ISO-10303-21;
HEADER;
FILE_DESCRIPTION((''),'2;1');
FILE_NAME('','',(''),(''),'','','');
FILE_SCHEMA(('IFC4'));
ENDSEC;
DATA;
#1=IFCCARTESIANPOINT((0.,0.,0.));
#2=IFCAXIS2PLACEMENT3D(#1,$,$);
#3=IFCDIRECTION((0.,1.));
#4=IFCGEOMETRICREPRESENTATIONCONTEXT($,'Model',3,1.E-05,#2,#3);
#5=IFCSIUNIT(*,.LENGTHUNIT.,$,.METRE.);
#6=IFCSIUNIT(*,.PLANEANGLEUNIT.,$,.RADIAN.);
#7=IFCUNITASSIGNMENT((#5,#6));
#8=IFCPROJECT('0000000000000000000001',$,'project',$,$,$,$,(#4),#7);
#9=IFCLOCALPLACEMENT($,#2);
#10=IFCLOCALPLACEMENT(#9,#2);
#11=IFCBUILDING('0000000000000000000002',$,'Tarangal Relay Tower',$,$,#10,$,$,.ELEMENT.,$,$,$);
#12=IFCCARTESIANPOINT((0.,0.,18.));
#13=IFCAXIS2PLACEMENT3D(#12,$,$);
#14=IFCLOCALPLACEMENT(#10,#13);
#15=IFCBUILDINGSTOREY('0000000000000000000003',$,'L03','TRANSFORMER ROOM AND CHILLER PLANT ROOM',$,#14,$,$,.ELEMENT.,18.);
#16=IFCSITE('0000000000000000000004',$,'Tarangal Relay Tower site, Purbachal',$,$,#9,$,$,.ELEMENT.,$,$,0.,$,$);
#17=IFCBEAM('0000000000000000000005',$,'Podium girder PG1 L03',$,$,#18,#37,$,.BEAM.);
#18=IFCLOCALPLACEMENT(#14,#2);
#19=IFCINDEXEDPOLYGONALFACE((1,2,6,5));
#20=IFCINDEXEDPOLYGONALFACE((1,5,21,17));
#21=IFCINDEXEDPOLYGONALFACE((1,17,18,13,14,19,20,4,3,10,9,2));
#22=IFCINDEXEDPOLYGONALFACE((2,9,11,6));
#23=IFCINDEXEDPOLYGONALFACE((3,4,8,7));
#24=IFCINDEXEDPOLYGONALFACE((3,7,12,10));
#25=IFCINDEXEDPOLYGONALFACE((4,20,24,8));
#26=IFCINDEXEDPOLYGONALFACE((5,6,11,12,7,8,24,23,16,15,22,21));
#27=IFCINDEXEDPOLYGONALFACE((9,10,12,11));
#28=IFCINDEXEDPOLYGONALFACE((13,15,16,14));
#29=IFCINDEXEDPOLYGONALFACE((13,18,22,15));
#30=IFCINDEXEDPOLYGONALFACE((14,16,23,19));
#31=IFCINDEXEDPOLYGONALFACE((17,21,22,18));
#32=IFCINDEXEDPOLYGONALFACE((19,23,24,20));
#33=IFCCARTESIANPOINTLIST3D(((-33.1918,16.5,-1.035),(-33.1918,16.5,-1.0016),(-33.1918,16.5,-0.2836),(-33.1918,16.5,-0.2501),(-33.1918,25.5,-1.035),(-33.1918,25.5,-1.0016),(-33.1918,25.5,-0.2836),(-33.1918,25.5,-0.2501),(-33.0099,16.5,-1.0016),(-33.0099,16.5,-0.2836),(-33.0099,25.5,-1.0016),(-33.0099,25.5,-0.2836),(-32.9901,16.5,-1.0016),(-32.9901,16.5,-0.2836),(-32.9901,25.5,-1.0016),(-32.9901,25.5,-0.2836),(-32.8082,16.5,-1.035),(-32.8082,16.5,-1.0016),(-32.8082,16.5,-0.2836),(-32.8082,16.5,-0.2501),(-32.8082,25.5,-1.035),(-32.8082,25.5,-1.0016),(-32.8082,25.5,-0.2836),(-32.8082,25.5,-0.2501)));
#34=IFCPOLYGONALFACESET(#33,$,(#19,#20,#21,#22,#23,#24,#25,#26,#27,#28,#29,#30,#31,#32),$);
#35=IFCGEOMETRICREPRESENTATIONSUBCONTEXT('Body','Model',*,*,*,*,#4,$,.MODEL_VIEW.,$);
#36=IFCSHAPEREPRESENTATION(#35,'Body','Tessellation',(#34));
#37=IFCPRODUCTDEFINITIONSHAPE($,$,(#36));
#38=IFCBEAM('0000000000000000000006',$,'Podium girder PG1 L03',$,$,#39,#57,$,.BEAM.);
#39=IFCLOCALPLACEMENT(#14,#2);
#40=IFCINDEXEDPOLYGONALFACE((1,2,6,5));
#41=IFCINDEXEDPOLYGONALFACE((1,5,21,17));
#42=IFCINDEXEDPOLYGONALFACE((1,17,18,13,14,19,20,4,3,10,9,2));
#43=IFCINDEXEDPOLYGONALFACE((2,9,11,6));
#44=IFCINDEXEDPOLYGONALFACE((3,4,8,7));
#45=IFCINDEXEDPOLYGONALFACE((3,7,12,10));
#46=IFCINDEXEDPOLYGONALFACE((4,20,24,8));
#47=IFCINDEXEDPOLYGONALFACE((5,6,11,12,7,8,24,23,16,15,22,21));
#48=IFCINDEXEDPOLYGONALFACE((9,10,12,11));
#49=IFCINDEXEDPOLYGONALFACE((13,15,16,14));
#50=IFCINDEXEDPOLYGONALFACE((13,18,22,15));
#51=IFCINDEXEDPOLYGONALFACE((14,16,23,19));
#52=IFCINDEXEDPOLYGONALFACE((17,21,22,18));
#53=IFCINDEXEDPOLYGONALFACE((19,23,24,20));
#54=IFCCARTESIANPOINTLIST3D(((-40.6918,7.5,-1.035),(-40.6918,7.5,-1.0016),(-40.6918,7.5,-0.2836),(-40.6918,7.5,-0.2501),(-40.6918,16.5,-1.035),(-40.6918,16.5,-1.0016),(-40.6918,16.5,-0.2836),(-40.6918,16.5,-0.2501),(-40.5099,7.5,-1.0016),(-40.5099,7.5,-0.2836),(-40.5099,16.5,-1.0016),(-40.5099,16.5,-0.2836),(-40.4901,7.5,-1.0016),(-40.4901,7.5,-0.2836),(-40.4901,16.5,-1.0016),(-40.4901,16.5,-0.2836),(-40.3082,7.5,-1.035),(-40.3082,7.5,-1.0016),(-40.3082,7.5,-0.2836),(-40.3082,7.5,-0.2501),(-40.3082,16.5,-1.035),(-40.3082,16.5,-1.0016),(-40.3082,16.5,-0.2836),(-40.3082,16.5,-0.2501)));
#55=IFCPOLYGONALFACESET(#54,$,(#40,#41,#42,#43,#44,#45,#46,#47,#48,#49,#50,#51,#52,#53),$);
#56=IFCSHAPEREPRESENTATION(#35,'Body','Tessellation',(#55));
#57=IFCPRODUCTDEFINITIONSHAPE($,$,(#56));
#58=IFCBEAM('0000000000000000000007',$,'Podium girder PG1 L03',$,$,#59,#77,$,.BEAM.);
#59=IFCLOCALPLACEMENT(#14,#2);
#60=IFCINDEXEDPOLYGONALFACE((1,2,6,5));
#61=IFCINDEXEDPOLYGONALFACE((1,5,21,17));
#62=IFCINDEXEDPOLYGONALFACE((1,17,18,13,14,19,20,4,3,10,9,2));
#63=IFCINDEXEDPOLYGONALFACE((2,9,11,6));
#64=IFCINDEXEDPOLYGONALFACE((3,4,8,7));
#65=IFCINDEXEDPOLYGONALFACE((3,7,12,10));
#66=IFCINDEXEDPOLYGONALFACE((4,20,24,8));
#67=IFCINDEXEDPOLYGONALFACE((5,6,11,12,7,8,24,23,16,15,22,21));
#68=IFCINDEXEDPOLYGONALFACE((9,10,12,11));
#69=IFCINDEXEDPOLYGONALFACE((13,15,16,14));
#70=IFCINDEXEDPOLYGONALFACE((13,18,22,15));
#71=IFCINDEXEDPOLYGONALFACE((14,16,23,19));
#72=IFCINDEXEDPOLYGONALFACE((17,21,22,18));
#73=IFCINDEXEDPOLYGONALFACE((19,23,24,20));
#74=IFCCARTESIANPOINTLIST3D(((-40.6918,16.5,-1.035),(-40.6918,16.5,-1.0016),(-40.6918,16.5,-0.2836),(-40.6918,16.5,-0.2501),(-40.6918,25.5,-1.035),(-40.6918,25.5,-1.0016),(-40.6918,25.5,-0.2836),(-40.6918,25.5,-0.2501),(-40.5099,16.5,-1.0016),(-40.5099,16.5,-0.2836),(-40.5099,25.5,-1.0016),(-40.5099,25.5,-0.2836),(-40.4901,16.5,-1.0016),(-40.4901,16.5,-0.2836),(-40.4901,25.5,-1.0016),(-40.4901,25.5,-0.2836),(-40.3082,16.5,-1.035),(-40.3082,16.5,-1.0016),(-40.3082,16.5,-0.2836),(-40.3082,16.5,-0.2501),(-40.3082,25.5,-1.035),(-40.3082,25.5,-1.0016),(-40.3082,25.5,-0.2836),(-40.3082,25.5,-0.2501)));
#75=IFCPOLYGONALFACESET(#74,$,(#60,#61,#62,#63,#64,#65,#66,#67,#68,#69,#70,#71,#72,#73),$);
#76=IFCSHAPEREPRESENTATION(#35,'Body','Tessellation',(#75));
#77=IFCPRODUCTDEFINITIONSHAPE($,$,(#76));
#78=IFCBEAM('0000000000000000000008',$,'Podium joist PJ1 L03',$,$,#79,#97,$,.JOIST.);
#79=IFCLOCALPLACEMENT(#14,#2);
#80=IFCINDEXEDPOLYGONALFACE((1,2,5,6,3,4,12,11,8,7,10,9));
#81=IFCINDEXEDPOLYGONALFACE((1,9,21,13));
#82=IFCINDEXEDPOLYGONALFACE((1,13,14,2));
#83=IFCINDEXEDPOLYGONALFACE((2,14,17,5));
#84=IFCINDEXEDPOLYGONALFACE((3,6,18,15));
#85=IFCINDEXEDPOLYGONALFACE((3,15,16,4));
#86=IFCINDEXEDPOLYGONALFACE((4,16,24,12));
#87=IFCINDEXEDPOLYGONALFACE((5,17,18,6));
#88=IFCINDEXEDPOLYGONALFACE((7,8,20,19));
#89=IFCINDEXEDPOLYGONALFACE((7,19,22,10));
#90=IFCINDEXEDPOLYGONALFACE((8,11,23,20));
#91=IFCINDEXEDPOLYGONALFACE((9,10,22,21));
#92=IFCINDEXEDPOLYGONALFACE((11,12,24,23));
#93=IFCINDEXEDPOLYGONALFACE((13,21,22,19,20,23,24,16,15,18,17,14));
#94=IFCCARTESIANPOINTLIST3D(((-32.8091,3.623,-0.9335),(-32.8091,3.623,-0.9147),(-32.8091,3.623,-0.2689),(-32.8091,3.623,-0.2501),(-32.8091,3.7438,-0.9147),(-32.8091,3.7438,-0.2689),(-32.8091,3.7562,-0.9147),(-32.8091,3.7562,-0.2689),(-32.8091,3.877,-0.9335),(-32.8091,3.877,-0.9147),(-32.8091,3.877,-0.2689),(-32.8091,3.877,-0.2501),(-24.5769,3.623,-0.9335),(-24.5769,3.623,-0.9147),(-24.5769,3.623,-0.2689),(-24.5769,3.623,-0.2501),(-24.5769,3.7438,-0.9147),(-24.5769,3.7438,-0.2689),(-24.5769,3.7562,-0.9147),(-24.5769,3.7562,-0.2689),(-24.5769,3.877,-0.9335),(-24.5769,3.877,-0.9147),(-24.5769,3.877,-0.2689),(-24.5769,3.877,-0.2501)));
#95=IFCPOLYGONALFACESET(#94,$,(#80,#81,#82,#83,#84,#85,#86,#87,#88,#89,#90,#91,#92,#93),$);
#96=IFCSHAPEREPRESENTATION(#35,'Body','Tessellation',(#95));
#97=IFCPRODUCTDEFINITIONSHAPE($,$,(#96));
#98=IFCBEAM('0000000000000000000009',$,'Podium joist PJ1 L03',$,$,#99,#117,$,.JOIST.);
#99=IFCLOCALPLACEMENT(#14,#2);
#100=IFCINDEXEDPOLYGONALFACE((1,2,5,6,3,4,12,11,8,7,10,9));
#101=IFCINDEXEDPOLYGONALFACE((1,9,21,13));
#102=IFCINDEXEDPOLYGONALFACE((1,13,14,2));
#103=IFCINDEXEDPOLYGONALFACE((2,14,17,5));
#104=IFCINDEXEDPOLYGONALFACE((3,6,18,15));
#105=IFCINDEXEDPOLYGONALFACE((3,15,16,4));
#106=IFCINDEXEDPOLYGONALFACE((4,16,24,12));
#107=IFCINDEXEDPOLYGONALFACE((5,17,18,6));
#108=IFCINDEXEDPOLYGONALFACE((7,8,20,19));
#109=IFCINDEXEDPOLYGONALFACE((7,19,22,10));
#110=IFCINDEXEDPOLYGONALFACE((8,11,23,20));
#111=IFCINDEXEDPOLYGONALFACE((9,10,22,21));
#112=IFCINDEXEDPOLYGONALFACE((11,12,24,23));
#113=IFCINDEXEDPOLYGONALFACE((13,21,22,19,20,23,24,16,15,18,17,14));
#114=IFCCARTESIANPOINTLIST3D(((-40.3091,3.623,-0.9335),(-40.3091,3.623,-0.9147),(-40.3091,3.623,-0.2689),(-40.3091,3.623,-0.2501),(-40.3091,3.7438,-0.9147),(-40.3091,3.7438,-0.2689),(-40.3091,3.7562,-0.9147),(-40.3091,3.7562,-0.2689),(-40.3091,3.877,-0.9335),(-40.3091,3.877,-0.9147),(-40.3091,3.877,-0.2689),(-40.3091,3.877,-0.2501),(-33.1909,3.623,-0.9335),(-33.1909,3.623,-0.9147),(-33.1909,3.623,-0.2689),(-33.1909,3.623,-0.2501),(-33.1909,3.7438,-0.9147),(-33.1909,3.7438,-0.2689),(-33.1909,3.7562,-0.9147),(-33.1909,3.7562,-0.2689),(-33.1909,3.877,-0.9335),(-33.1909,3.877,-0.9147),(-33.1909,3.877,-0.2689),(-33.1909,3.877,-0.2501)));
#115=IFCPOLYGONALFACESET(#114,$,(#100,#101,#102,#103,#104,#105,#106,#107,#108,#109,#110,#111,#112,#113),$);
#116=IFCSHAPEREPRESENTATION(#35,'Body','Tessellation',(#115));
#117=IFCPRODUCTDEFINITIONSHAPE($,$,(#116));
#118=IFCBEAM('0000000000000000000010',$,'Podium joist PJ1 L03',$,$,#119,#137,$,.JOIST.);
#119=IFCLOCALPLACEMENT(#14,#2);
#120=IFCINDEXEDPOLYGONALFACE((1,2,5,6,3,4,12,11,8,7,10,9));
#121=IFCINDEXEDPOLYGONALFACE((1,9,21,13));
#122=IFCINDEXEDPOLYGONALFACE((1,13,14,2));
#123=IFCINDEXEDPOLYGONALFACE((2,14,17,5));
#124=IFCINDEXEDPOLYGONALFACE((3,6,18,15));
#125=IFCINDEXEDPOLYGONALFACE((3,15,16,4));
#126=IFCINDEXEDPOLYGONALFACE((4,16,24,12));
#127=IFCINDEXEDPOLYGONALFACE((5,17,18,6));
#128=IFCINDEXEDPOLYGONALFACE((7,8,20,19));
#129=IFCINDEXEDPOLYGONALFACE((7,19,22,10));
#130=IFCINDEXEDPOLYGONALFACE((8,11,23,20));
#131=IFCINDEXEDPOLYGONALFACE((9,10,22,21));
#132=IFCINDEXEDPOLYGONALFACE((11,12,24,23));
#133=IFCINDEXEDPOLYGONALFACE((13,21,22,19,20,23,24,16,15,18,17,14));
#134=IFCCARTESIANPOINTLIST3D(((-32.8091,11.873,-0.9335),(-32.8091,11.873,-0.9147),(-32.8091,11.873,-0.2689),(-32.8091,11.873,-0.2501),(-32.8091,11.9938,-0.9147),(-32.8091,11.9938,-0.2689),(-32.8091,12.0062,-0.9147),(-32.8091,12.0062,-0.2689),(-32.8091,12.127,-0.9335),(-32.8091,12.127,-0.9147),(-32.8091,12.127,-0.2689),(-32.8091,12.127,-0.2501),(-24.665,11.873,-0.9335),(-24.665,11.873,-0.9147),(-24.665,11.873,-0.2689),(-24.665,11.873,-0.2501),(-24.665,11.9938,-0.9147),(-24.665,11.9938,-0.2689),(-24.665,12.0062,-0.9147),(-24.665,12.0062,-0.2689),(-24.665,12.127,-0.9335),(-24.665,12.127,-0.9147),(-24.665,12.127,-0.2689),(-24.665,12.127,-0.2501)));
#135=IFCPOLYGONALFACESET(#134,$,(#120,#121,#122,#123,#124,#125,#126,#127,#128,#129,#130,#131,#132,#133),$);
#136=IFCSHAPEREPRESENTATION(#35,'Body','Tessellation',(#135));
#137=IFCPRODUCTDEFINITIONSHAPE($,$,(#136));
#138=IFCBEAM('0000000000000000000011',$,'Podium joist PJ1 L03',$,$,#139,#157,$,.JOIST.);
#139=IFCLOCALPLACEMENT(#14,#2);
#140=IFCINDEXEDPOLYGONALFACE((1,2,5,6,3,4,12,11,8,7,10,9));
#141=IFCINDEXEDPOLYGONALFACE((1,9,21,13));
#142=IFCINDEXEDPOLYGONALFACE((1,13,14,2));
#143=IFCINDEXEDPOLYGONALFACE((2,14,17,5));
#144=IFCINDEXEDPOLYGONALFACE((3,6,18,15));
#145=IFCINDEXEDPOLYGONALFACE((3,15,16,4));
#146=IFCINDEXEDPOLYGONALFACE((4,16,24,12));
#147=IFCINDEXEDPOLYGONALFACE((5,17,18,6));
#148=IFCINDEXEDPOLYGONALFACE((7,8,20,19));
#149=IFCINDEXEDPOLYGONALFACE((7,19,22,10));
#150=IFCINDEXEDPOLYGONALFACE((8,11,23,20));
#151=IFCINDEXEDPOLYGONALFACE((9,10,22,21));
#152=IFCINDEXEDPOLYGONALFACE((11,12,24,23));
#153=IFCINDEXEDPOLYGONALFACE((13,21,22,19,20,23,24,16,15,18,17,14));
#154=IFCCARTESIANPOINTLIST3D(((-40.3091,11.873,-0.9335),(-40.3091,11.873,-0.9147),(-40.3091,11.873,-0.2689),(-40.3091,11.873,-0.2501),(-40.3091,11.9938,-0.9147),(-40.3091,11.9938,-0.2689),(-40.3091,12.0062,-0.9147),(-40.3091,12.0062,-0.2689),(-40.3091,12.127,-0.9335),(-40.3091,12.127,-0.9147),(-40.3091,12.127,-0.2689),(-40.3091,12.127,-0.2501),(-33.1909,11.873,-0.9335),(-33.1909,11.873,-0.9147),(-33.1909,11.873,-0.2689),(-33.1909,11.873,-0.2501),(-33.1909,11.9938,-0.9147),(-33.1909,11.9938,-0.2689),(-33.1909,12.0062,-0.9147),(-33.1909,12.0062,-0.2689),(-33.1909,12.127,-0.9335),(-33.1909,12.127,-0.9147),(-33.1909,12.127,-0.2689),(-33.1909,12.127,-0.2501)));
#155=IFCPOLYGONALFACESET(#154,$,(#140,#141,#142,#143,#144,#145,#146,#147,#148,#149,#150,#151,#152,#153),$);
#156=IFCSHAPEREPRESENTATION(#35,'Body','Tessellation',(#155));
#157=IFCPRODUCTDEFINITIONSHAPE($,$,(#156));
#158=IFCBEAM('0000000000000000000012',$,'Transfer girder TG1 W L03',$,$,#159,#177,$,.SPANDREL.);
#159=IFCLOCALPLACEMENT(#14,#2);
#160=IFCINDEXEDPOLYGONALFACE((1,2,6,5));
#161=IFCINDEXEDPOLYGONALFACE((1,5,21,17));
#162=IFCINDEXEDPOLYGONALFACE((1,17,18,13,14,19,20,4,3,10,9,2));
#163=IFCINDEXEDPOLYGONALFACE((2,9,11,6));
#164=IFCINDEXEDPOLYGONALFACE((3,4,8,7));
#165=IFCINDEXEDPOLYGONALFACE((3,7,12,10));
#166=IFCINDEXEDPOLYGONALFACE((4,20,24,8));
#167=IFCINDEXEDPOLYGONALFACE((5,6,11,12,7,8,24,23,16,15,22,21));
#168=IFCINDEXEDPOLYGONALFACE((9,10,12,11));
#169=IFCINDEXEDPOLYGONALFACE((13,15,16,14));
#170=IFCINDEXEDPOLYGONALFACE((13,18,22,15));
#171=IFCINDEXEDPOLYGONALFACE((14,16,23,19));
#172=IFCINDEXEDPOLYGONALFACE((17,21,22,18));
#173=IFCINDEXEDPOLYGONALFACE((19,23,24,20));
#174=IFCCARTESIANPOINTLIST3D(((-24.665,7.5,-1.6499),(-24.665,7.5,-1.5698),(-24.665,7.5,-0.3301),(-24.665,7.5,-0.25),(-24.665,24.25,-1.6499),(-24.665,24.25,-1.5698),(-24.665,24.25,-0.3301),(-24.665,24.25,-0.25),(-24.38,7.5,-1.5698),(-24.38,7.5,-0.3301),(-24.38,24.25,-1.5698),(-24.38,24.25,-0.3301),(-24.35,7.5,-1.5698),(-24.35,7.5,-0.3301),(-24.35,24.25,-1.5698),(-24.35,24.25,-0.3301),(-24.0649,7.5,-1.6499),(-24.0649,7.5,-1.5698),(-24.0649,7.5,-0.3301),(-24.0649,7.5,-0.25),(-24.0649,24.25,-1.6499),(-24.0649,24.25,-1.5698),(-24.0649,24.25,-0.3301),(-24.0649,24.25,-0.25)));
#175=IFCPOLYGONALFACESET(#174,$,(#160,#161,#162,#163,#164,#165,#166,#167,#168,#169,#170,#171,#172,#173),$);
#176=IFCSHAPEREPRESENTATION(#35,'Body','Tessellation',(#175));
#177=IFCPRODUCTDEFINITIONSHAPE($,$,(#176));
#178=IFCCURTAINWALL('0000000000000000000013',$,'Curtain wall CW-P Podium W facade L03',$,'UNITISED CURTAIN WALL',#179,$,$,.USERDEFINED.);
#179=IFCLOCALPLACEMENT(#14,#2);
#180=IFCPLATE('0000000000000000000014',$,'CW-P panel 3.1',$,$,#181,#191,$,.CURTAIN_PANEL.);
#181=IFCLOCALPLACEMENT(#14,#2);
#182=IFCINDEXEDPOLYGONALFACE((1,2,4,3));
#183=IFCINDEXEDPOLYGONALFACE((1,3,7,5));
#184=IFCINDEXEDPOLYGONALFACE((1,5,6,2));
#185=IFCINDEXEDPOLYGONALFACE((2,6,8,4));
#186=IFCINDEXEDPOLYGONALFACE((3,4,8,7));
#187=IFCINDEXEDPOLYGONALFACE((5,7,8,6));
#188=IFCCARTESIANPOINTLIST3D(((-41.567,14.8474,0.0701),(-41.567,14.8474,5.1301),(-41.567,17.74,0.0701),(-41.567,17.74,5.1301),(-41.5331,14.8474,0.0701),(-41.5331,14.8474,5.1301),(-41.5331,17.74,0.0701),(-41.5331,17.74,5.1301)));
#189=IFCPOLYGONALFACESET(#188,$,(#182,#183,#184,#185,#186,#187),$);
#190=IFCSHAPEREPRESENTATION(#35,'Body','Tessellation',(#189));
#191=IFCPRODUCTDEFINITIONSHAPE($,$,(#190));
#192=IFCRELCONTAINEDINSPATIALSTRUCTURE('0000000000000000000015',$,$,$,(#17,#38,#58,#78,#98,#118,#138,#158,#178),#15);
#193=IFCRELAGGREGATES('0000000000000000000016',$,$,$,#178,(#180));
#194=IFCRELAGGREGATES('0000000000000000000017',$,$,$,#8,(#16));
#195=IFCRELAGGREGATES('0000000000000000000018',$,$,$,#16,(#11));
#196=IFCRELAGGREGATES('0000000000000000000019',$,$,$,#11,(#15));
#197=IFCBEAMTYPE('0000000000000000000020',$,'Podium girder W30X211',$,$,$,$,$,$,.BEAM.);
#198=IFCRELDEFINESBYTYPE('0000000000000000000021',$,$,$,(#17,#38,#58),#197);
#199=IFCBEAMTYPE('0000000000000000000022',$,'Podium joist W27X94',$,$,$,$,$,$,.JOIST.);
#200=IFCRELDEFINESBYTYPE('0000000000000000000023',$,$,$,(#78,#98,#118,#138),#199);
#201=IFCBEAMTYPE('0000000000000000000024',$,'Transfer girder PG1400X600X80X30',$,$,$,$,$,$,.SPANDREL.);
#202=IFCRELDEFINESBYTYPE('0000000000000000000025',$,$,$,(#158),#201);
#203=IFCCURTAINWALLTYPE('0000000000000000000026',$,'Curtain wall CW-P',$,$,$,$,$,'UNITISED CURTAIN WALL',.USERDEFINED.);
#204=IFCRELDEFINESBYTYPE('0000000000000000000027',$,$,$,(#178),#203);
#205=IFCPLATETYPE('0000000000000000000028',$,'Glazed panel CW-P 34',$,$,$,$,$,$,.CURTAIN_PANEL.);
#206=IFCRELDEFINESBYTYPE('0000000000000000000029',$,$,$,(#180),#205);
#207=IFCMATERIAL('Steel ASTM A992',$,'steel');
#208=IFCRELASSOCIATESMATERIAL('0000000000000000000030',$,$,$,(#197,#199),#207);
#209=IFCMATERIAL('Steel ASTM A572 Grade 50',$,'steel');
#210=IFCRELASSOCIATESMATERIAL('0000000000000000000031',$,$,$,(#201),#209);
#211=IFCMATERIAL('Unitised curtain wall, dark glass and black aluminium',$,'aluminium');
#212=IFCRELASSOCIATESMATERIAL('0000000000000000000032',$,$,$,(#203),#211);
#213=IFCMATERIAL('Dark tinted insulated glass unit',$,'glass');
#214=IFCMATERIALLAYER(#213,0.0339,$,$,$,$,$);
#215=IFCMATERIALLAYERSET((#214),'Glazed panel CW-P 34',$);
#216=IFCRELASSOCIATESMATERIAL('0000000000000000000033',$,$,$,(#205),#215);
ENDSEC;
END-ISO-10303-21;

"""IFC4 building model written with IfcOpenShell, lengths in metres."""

from ifc_helpers import new_model, si_unit, direction, frame, origin, origin_2d, place, context, subcontext, project, spatial, rectangle, i_section, extrude, material, layer, layer_set, material_profile, profile_set, type_object, element, aggregate, save


model = new_model("IFC4")

# Units and contexts
model_context = context("Model", 3, precision=1e-05, world=origin(), true_north=direction((0.0, 1.0)))
body_context = subcontext(model_context, "Body", "Model", "MODEL_VIEW")
ifc_project = project(units=[si_unit("LENGTHUNIT", "METRE"), si_unit("PLANEANGLEUNIT", "RADIAN")], contexts=[model_context])

# Site, building, storey
site_placement = place(None, origin())
site = spatial("IfcSite", under=ifc_project, at=site_placement, Name="Tarangal Relay Tower site, Purbachal", CompositionType="ELEMENT", RefElevation=0.0)
building_placement = place(site_placement, origin())
building = spatial("IfcBuilding", under=site, at=building_placement, Name="Tarangal Relay Tower", CompositionType="ELEMENT")
storey_placement = place(building_placement, frame((0.0, 0.0, 18.0)))
storey = spatial("IfcBuildingStorey", under=building, at=storey_placement, Name="L03", Description="TRANSFORMER ROOM AND CHILLER PLANT ROOM", CompositionType="ELEMENT", Elevation=18.0)

# Shared definitions
ifc_material_1 = material(Name="Steel ASTM A572 Grade 50", Category="steel")
ifc_material_2 = material(Name="Steel ASTM A992", Category="steel")

# Beams
ifc_material_profile_1 = material_profile(ifc_material_2, i_section(OverallWidth=0.3835, OverallDepth=0.7849, WebThickness=0.0198, FlangeThickness=0.0334, at=origin_2d()), Name="W30X211")
ifc_profile_set_1 = profile_set([ifc_material_profile_1], Name="Steel ASTM A992")
beam_type_1 = type_object("IfcBeamType", Name="Podium girder W30X211", PredefinedType="BEAM", material=ifc_profile_set_1)
for number, where, z_axis, x_axis, name in (
    (1, (-33.0, 16.5, -0.6426), (0.0, 1.0, 0.0), (-1.0, 0.0, 0.0), "Podium girder PG1 L03"),
    (2, (-40.5, 7.5, -0.6426), (0.0, 1.0, 0.0), (-1.0, 0.0, 0.0), "Podium girder PG1 L03"),
    (3, (-40.5, 16.5, -0.6426), (0.0, 1.0, 0.0), (-1.0, 0.0, 0.0), "Podium girder PG1 L03"),
):
    element("IfcBeam", number, at=place(storey_placement, frame(where, z_axis=z_axis, x_axis=x_axis)), inside=storey, type_object=beam_type_1, Name=name, PredefinedType="BEAM", context=body_context, shape_type="SweptSolid", body=[
        extrude(i_section(OverallWidth=0.3835, OverallDepth=0.7849, WebThickness=0.0198, FlangeThickness=0.0334, at=origin_2d()), origin(), (0.0, 0.0, 1.0), 9.0),
    ])
ifc_material_profile_2 = material_profile(ifc_material_2, i_section(OverallWidth=0.2539, OverallDepth=0.6833, WebThickness=0.0125, FlangeThickness=0.0188, at=origin_2d()), Name="W27X94")
ifc_profile_set_2 = profile_set([ifc_material_profile_2], Name="Steel ASTM A992")
beam_type_2 = type_object("IfcBeamType", Name="Podium joist W27X94", PredefinedType="JOIST", material=ifc_profile_set_2)
beam_1_placement = place(storey_placement, frame((-24.5769, 3.75, -0.5918), z_axis=(-1.0, 0.0, 0.0), x_axis=(0.0, -1.0, 0.0)))
element("IfcBeam", 4, at=beam_1_placement, inside=storey, type_object=beam_type_2, Name="Podium joist PJ1 L03", PredefinedType="JOIST", context=body_context, shape_type="SweptSolid", body=[
    extrude(i_section(OverallWidth=0.2539, OverallDepth=0.6833, WebThickness=0.0125, FlangeThickness=0.0188, at=origin_2d()), origin(), (0.0, 0.0, 1.0), 8.2322),
])
beam_2_placement = place(storey_placement, frame((-33.1909, 3.75, -0.5918), z_axis=(-1.0, 0.0, 0.0), x_axis=(0.0, -1.0, 0.0)))
element("IfcBeam", 5, at=beam_2_placement, inside=storey, type_object=beam_type_2, Name="Podium joist PJ1 L03", PredefinedType="JOIST", context=body_context, shape_type="SweptSolid", body=[
    extrude(i_section(OverallWidth=0.2539, OverallDepth=0.6833, WebThickness=0.0125, FlangeThickness=0.0188, at=origin_2d()), origin(), (0.0, 0.0, 1.0), 7.1182),
])
beam_3_placement = place(storey_placement, frame((-24.665, 12.0, -0.5918), z_axis=(-1.0, 0.0, 0.0), x_axis=(0.0, -1.0, 0.0)))
element("IfcBeam", 6, at=beam_3_placement, inside=storey, type_object=beam_type_2, Name="Podium joist PJ1 L03", PredefinedType="JOIST", context=body_context, shape_type="SweptSolid", body=[
    extrude(i_section(OverallWidth=0.2539, OverallDepth=0.6833, WebThickness=0.0125, FlangeThickness=0.0188, at=origin_2d()), origin(), (0.0, 0.0, 1.0), 8.144),
])
beam_4_placement = place(storey_placement, frame((-33.1909, 12.0, -0.5918), z_axis=(-1.0, 0.0, 0.0), x_axis=(0.0, -1.0, 0.0)))
element("IfcBeam", 7, at=beam_4_placement, inside=storey, type_object=beam_type_2, Name="Podium joist PJ1 L03", PredefinedType="JOIST", context=body_context, shape_type="SweptSolid", body=[
    extrude(i_section(OverallWidth=0.2539, OverallDepth=0.6833, WebThickness=0.0125, FlangeThickness=0.0188, at=origin_2d()), origin(), (0.0, 0.0, 1.0), 7.1182),
])
ifc_material_profile_3 = material_profile(ifc_material_1, i_section(OverallWidth=0.6001, OverallDepth=1.3999, WebThickness=0.03, FlangeThickness=0.0801, at=origin_2d()), Name="PG1400X600X80X30")
ifc_profile_set_3 = profile_set([ifc_material_profile_3], Name="Steel ASTM A572 Grade 50")
beam_type_3 = type_object("IfcBeamType", Name="Transfer girder PG1400X600X80X30", PredefinedType="SPANDREL", material=ifc_profile_set_3)
beam_5_placement = place(storey_placement, frame((-24.365, 7.5, -0.95), z_axis=(0.0, 1.0, 0.0), x_axis=(-1.0, 0.0, 0.0)))
element("IfcBeam", 8, at=beam_5_placement, inside=storey, type_object=beam_type_3, Name="Transfer girder TG1 W L03", PredefinedType="SPANDREL", context=body_context, shape_type="SweptSolid", body=[
    extrude(i_section(OverallWidth=0.6001, OverallDepth=1.3999, WebThickness=0.03, FlangeThickness=0.0801, at=origin_2d()), origin(), (0.0, 0.0, 1.0), 16.75),
])

# Curtain wall, plate
ifc_material_3 = material(Name="Unitised curtain wall, dark glass and black aluminium", Category="aluminium")
curtain_wall_type = type_object("IfcCurtainWallType", Name="Curtain wall CW-P", ElementType="UNITISED CURTAIN WALL", PredefinedType="USERDEFINED", material=ifc_material_3)
curtain_wall_placement = place(storey_placement, origin())
curtain_wall = element("IfcCurtainWall", 9, at=curtain_wall_placement, inside=storey, type_object=curtain_wall_type, Name="Curtain wall CW-P Podium W facade L03", ObjectType="UNITISED CURTAIN WALL", PredefinedType="USERDEFINED")
ifc_material_4 = material(Name="Dark tinted insulated glass unit", Category="glass")
ifc_layer_1 = layer(ifc_material_4, 0.0339)
ifc_layer_set_1 = layer_set([ifc_layer_1], Name="Glazed panel CW-P 34")
plate_type = type_object("IfcPlateType", Name="Glazed panel CW-P 34", PredefinedType="CURTAIN_PANEL", material=ifc_layer_set_1)
plate_placement = place(storey_placement, frame((-41.55, 16.2937, 0.0701), z_axis=(0.0, 0.0, 1.0), x_axis=(0.0, -1.0, 0.0)))
plate = element("IfcPlate", 10, at=plate_placement, type_object=plate_type, Name="CW-P panel 3.1", PredefinedType="CURTAIN_PANEL", context=body_context, shape_type="SweptSolid", body=[
    extrude(rectangle(XDim=2.8926, YDim=0.0339, at=origin_2d()), origin(), (0.0, 0.0, 1.0), 5.0601),
])
aggregate(curtain_wall, [plate])

save(model, "model.ifc")
